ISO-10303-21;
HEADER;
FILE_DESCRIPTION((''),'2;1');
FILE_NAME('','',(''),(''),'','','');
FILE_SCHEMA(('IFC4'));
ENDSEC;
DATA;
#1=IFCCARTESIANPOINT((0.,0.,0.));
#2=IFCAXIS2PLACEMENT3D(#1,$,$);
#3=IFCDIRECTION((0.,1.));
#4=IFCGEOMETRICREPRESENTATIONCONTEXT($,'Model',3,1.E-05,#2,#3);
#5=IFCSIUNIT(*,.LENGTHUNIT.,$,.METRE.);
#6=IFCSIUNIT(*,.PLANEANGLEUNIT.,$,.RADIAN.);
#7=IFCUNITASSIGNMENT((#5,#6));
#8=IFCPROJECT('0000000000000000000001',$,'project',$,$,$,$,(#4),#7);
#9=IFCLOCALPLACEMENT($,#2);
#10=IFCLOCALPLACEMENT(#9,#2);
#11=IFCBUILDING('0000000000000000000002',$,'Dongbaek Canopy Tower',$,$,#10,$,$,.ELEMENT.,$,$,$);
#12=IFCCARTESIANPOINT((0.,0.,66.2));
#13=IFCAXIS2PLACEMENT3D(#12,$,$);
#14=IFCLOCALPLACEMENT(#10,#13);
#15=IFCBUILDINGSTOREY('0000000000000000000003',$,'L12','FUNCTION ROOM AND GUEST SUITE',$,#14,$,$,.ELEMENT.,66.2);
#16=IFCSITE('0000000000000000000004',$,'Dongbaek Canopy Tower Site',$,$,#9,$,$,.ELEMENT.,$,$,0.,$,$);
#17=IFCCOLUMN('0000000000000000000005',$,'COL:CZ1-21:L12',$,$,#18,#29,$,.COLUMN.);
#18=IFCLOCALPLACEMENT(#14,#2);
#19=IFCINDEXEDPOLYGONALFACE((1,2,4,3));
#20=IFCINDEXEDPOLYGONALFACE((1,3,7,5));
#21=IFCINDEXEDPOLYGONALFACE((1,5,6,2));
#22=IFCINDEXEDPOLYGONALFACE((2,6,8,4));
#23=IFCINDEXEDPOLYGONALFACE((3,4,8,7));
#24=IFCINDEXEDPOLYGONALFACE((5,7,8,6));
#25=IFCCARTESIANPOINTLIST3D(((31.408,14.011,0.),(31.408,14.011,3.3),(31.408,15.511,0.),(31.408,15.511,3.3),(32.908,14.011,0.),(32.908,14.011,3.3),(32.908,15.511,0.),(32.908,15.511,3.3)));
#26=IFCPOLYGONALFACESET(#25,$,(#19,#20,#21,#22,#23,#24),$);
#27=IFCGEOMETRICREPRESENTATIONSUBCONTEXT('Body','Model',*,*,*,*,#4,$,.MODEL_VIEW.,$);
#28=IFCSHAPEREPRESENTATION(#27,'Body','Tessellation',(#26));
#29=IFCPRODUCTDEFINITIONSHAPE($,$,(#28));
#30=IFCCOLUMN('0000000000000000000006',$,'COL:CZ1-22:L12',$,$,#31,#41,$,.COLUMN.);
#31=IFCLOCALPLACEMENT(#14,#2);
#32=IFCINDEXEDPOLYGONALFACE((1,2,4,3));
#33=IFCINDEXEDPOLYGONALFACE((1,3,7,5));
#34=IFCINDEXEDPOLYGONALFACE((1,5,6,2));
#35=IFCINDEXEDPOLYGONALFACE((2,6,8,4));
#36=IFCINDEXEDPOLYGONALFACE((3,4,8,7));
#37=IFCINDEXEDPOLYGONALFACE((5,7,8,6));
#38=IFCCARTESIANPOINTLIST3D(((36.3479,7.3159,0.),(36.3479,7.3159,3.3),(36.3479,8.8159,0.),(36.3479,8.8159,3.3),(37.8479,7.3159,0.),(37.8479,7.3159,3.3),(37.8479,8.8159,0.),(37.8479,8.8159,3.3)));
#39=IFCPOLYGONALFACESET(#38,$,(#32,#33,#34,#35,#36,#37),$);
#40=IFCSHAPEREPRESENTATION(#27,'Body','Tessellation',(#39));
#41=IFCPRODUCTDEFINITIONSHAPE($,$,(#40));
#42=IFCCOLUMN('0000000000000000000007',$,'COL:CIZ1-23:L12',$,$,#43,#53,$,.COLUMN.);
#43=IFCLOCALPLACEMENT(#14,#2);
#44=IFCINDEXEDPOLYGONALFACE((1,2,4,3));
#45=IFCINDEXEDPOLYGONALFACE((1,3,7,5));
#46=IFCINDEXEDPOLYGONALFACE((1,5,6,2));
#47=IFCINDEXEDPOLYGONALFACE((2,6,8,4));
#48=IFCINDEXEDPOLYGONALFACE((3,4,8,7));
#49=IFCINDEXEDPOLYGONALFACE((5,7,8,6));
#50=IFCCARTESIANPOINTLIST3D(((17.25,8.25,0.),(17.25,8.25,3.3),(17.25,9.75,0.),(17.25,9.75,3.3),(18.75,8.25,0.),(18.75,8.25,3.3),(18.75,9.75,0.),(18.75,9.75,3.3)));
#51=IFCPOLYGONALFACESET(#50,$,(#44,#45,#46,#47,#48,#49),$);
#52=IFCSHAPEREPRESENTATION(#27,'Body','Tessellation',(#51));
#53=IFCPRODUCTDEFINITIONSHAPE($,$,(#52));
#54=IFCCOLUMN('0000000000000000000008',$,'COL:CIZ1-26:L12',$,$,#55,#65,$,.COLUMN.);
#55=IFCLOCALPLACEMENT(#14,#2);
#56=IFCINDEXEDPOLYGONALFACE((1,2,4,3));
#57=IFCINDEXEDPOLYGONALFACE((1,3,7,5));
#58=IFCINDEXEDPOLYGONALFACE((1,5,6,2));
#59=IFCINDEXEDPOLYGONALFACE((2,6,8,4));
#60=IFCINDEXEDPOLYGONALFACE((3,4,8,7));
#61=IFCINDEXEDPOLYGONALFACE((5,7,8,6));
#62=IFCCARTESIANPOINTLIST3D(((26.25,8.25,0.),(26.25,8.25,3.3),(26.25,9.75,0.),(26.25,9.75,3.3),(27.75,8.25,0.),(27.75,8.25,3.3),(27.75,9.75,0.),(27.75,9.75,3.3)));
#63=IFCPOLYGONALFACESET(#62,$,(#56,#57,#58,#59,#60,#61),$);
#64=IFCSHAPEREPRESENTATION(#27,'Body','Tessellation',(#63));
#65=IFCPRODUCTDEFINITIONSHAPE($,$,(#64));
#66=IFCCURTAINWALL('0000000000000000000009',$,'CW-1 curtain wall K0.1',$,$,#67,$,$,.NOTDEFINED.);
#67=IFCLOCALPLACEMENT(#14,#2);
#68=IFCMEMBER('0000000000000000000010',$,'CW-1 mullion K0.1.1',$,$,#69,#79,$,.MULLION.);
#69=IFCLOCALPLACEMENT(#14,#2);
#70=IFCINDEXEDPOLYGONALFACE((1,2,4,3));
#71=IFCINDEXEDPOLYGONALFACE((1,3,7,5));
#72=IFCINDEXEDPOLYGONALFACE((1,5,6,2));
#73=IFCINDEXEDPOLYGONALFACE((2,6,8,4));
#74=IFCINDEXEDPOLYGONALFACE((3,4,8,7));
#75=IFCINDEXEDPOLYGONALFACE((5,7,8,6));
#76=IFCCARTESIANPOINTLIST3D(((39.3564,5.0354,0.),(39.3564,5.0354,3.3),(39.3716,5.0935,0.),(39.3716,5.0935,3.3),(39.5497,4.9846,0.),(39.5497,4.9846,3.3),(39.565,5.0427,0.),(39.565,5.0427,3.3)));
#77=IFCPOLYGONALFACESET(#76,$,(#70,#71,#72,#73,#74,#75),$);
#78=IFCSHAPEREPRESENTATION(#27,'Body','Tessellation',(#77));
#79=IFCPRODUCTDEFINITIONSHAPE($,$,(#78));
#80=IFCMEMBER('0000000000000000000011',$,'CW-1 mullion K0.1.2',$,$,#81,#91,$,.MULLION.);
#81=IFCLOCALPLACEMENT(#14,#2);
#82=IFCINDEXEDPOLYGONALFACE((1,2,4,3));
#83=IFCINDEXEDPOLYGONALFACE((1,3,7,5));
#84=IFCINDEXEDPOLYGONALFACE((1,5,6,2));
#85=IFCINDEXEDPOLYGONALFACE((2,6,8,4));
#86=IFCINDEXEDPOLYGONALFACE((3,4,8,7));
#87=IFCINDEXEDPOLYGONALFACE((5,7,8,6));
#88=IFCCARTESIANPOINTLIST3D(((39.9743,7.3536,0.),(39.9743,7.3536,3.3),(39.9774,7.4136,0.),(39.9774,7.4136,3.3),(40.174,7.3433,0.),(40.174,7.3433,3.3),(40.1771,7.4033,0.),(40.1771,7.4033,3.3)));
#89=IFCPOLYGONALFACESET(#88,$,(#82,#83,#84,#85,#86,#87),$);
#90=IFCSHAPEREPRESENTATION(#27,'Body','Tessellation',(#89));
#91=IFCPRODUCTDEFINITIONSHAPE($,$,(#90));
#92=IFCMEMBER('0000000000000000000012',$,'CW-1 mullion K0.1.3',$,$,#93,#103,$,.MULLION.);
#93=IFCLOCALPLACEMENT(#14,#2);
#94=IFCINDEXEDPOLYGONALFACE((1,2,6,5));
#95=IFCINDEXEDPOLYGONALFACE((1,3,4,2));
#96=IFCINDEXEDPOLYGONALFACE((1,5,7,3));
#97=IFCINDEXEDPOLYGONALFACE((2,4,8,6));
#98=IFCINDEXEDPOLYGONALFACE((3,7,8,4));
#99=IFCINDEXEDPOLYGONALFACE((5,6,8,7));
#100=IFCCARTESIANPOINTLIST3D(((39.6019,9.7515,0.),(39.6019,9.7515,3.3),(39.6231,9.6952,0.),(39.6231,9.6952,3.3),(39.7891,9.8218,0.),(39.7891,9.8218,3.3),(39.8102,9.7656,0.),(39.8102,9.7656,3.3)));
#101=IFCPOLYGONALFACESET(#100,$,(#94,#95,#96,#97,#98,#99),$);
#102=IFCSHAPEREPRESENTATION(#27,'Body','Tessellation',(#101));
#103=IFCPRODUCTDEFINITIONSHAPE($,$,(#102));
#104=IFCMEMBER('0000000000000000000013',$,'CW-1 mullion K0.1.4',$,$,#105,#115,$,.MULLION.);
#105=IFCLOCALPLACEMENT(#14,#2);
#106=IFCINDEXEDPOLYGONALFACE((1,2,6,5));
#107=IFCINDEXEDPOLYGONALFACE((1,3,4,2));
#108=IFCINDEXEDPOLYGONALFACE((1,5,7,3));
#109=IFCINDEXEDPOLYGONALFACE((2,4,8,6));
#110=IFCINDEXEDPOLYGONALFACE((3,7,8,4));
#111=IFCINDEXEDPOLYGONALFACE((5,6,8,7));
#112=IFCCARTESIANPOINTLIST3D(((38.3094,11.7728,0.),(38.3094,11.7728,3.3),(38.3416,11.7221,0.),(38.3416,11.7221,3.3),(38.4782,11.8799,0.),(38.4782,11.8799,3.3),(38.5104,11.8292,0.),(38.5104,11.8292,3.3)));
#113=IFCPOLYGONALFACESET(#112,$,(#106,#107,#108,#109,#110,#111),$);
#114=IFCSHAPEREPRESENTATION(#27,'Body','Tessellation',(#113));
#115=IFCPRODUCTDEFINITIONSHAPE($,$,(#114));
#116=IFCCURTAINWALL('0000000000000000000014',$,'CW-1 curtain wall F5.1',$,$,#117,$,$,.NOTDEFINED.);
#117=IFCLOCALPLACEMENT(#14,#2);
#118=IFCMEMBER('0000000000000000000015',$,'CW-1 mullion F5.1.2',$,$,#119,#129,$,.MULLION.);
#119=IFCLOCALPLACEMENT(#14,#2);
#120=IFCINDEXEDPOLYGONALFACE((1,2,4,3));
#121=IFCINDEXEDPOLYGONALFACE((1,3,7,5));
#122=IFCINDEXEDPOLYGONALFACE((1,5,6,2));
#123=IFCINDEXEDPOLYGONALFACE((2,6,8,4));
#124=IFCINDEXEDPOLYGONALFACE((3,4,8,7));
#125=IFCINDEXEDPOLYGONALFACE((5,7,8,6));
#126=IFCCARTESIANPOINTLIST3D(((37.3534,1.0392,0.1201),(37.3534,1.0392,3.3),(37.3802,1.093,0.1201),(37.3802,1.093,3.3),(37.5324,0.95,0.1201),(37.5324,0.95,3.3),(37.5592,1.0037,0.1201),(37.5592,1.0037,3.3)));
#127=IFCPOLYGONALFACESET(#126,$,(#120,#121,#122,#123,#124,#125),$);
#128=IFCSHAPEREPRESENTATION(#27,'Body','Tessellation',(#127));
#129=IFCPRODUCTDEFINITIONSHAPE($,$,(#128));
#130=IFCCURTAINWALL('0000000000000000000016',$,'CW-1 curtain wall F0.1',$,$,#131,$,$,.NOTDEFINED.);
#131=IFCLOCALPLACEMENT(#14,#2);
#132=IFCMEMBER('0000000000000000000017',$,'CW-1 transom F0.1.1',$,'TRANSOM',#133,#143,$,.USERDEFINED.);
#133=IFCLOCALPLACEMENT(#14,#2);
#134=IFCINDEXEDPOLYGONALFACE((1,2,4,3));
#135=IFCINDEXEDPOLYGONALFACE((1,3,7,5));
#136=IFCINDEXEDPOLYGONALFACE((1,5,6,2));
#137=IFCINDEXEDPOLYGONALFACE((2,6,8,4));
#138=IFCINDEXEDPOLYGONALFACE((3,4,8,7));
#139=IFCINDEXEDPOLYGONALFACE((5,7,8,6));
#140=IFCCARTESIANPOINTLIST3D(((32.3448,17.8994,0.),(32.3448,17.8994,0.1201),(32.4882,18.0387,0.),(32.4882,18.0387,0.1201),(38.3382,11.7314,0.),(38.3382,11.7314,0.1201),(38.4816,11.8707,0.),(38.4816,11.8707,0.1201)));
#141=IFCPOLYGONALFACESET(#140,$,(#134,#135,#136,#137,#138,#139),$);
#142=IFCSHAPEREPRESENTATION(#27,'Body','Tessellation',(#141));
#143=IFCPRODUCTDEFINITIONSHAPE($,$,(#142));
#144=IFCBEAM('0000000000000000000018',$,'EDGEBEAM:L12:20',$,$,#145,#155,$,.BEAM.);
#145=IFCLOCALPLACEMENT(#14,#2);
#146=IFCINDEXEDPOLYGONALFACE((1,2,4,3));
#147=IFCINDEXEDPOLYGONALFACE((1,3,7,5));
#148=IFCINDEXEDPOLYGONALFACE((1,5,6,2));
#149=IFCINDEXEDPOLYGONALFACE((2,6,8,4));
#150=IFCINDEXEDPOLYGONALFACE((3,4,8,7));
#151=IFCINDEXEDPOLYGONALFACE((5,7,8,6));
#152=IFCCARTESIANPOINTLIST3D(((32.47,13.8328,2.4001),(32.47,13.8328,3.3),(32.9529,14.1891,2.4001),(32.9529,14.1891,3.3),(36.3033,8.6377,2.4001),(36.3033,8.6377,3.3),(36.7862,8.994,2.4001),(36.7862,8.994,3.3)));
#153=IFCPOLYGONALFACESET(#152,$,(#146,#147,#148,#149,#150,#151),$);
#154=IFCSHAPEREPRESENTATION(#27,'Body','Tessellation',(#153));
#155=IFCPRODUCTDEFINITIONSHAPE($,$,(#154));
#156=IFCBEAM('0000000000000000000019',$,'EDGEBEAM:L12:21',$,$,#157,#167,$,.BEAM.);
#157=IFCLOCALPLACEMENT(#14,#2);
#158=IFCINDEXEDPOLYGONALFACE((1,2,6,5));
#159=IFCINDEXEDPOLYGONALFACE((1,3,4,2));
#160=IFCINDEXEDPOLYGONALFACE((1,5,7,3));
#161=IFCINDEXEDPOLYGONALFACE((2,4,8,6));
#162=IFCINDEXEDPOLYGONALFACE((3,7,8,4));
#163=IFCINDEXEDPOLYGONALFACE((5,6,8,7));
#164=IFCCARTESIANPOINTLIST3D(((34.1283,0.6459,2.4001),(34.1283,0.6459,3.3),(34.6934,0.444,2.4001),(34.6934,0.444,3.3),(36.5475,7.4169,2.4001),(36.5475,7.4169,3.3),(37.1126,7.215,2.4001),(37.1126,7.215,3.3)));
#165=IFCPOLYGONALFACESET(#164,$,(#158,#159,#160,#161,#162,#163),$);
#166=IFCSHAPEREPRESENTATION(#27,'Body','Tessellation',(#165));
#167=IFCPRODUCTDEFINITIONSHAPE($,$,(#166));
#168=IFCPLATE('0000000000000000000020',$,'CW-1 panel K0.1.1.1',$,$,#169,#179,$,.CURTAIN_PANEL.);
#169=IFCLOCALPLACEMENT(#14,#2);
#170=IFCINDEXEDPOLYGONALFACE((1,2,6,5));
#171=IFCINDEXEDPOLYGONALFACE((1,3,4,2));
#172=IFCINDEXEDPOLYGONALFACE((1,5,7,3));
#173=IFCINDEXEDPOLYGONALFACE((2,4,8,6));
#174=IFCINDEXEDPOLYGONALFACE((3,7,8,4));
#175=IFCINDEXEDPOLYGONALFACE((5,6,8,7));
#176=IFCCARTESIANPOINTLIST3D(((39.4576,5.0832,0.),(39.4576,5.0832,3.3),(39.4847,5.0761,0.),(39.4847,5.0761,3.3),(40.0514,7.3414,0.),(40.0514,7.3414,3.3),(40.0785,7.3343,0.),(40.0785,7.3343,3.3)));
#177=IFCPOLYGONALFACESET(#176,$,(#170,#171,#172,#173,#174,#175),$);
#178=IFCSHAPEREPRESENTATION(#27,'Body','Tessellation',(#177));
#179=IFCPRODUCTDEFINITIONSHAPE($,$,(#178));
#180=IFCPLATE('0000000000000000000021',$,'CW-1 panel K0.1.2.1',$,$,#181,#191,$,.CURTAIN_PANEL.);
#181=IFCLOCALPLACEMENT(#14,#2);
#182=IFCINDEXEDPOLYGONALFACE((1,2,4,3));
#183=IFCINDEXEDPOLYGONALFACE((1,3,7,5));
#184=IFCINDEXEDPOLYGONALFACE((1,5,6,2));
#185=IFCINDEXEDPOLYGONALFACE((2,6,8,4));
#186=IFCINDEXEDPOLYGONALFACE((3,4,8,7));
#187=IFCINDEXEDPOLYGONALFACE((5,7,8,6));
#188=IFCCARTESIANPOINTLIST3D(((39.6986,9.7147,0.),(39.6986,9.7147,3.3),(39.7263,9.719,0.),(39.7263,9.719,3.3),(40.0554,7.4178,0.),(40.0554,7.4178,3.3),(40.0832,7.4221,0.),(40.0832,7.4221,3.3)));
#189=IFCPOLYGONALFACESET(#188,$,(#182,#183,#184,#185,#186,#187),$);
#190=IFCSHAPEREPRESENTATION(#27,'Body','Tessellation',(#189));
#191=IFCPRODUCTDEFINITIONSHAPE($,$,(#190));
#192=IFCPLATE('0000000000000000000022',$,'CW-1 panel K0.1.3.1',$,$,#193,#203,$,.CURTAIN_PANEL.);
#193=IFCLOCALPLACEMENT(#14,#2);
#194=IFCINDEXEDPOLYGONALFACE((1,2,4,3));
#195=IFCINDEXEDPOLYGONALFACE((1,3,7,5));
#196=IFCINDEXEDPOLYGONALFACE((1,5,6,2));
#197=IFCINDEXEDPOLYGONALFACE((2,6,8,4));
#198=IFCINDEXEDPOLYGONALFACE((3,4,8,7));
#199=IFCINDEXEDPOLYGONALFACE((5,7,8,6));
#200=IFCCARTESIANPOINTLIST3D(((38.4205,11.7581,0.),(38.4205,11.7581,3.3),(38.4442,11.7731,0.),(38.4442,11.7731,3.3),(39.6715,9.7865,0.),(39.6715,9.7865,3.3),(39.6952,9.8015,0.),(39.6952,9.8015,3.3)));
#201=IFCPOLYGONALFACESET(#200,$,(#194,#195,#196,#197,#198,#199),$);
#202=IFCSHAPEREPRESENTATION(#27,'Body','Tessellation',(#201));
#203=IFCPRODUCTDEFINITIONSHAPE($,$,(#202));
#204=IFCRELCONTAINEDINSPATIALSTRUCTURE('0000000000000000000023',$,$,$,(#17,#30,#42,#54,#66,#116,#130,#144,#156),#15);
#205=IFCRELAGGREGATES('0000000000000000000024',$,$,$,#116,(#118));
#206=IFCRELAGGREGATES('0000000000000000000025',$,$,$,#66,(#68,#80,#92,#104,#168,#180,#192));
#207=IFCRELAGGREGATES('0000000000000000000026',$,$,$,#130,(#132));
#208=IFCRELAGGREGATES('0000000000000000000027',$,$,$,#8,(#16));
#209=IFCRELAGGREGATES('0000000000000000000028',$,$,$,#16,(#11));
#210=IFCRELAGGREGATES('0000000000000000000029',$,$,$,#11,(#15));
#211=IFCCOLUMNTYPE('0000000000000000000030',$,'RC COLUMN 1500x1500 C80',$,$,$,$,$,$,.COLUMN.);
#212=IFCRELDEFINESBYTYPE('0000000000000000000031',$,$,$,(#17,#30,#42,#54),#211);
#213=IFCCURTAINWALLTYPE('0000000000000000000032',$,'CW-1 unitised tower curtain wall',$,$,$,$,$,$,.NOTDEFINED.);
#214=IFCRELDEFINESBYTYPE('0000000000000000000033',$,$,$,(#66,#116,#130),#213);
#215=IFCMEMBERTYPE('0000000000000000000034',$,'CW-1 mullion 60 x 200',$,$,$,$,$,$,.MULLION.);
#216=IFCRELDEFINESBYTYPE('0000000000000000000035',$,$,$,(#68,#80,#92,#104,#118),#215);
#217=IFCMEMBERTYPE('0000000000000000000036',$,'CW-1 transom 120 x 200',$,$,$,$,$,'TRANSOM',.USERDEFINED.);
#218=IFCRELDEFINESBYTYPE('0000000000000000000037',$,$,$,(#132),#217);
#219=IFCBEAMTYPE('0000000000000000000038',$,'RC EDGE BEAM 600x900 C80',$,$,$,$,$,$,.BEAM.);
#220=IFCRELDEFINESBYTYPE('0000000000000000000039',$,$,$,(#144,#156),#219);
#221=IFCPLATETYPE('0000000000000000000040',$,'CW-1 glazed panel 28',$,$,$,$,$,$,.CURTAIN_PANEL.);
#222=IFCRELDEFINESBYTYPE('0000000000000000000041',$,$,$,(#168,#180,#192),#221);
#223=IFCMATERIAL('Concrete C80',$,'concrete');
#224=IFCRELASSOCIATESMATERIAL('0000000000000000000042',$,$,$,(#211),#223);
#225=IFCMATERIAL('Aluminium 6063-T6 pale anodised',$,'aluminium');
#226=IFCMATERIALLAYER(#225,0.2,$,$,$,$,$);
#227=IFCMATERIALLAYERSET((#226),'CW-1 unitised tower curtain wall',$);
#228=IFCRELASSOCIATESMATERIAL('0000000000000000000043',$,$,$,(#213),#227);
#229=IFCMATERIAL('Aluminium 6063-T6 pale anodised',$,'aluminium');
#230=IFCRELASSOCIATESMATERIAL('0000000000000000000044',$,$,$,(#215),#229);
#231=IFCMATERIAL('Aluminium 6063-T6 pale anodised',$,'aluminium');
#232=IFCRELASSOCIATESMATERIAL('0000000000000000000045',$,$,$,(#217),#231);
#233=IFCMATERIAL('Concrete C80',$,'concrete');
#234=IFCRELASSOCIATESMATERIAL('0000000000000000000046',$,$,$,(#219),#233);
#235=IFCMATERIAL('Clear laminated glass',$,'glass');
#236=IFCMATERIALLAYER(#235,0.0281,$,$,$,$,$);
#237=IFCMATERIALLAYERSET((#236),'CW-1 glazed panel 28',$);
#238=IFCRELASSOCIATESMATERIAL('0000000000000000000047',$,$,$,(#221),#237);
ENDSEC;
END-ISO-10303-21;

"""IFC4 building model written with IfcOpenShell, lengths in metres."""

from ifc_helpers import new_model, si_unit, direction, frame, origin, origin_2d, place, context, subcontext, project, spatial, rectangle, extrude, material, layer, layer_set, material_profile, profile_set, type_object, element, aggregate, save


model = new_model("IFC4")

# Units and contexts
model_context = context("Model", 3, precision=1e-05, world=origin(), true_north=direction((0.0, 1.0)))
body_context = subcontext(model_context, "Body", "Model", "MODEL_VIEW")
ifc_project = project(units=[si_unit("LENGTHUNIT", "METRE"), si_unit("PLANEANGLEUNIT", "RADIAN")], contexts=[model_context])

# Site, building, storey
site_placement = place(None, origin())
site = spatial("IfcSite", under=ifc_project, at=site_placement, Name="Dongbaek Canopy Tower Site", CompositionType="ELEMENT", RefElevation=0.0)
building_placement = place(site_placement, origin())
building = spatial("IfcBuilding", under=site, at=building_placement, Name="Dongbaek Canopy Tower", CompositionType="ELEMENT")
storey_placement = place(building_placement, frame((0.0, 0.0, 66.2)))
storey = spatial("IfcBuildingStorey", under=building, at=storey_placement, Name="L12", Description="FUNCTION ROOM AND GUEST SUITE", CompositionType="ELEMENT", Elevation=66.2)

# Columns
ifc_material_1 = material(Name="Concrete C80", Category="concrete")
ifc_material_profile_1 = material_profile(ifc_material_1, rectangle(XDim=1.5, YDim=1.5, at=origin_2d()), Name="RC COLUMN 1500x1500 C80")
ifc_profile_set_1 = profile_set([ifc_material_profile_1], Name="Concrete C80")
column_type = type_object("IfcColumnType", Name="RC COLUMN 1500x1500 C80", PredefinedType="COLUMN", material=ifc_profile_set_1)
for number, where, z_axis, x_axis, name in (
    (1, (32.158, 14.761, 0.0), (0.0, 0.0, 1.0), (1.0, 0.0, 0.0), "COL:CZ1-21:L12"),
    (2, (37.0979, 8.0659, 0.0), (0.0, 0.0, 1.0), (1.0, 0.0, 0.0), "COL:CZ1-22:L12"),
    (3, (18.0, 9.0, 0.0), (0.0, 0.0, 1.0), (1.0, 0.0, 0.0), "COL:CIZ1-23:L12"),
    (4, (27.0, 9.0, 0.0), (0.0, 0.0, 1.0), (1.0, 0.0, 0.0), "COL:CIZ1-26:L12"),
):
    element("IfcColumn", number, at=place(storey_placement, frame(where, z_axis=z_axis, x_axis=x_axis)), inside=storey, type_object=column_type, Name=name, PredefinedType="COLUMN", context=body_context, shape_type="SweptSolid", body=[
        extrude(rectangle(XDim=1.5, YDim=1.5, at=origin_2d()), origin(), (0.0, 0.0, 1.0), 3.3),
    ])

# Curtain wall, members
ifc_material_2 = material(Name="Aluminium 6063-T6 pale anodised", Category="aluminium")
ifc_layer_1 = layer(ifc_material_2, 0.2)
ifc_layer_set_1 = layer_set([ifc_layer_1], Name="CW-1 unitised tower curtain wall")
curtain_wall_type = type_object("IfcCurtainWallType", Name="CW-1 unitised tower curtain wall", PredefinedType="NOTDEFINED", material=ifc_layer_set_1)
curtain_wall_1_placement = place(storey_placement, origin())
curtain_wall_1 = element("IfcCurtainWall", 5, at=curtain_wall_1_placement, inside=storey, type_object=curtain_wall_type, Name="CW-1 curtain wall K0.1", PredefinedType="NOTDEFINED")
ifc_material_3 = material(Name="Aluminium 6063-T6 pale anodised", Category="aluminium")
ifc_material_profile_2 = material_profile(ifc_material_3, rectangle(XDim=0.2, YDim=0.0601, at=origin_2d()), Name="CW-1 mullion 60 x 200")
ifc_profile_set_2 = profile_set([ifc_material_profile_2], Name="Aluminium 6063-T6 pale anodised")
member_type_1 = type_object("IfcMemberType", Name="CW-1 mullion 60 x 200", PredefinedType="MULLION", material=ifc_profile_set_2)
member_1_placement = place(storey_placement, frame((39.4607, 5.0391, 0.0), z_axis=(0.0, 0.0, 1.0), x_axis=(0.967124, -0.254304, 0.0)))
member_1 = element("IfcMember", 6, at=member_1_placement, type_object=member_type_1, Name="CW-1 mullion K0.1.1", PredefinedType="MULLION", context=body_context, shape_type="SweptSolid", body=[
    extrude(rectangle(XDim=0.2, YDim=0.0601, at=origin_2d()), origin(), (0.0, 0.0, 1.0), 3.3),
])
member_2_placement = place(storey_placement, frame((40.0757, 7.3784, 0.0), z_axis=(0.0, 0.0, 1.0), x_axis=(0.998674, -0.051471, 0.0)))
member_2 = element("IfcMember", 7, at=member_2_placement, type_object=member_type_1, Name="CW-1 mullion K0.1.2", PredefinedType="MULLION", context=body_context, shape_type="SweptSolid", body=[
    extrude(rectangle(XDim=0.2, YDim=0.0601, at=origin_2d()), origin(), (0.0, 0.0, 1.0), 3.3),
])
member_3_placement = place(storey_placement, frame((39.7061, 9.7585, 0.0), z_axis=(0.0, 0.0, 1.0), x_axis=(0.935977, 0.352062, 0.0)))
member_3 = element("IfcMember", 8, at=member_3_placement, type_object=member_type_1, Name="CW-1 mullion K0.1.3", PredefinedType="MULLION", context=body_context, shape_type="SweptSolid", body=[
    extrude(rectangle(XDim=0.2, YDim=0.0601, at=origin_2d()), origin(), (0.0, 0.0, 1.0), 3.3),
])
member_4_placement = place(storey_placement, frame((38.4099, 11.801, 0.0), z_axis=(0.0, 0.0, 1.0), x_axis=(0.844371, 0.535759, 0.0)))
member_4 = element("IfcMember", 9, at=member_4_placement, type_object=member_type_1, Name="CW-1 mullion K0.1.4", PredefinedType="MULLION", context=body_context, shape_type="SweptSolid", body=[
    extrude(rectangle(XDim=0.2, YDim=0.0601, at=origin_2d()), origin(), (0.0, 0.0, 1.0), 3.3),
])

# Curtain walls, members
curtain_wall_2_placement = place(storey_placement, origin())
curtain_wall_2 = element("IfcCurtainWall", 10, at=curtain_wall_2_placement, inside=storey, type_object=curtain_wall_type, Name="CW-1 curtain wall F5.1", PredefinedType="NOTDEFINED")
member_5_placement = place(storey_placement, frame((37.4563, 1.0215, 0.1201), z_axis=(0.0, 0.0, 1.0), x_axis=(0.894823, -0.44642, 0.0)))
member_5 = element("IfcMember", 11, at=member_5_placement, type_object=member_type_1, Name="CW-1 mullion F5.1.2", PredefinedType="MULLION", context=body_context, shape_type="SweptSolid", body=[
    extrude(rectangle(XDim=0.2, YDim=0.0601, at=origin_2d()), origin(), (0.0, 0.0, 1.0), 3.1799),
])
curtain_wall_3_placement = place(storey_placement, origin())
curtain_wall_3 = element("IfcCurtainWall", 12, at=curtain_wall_3_placement, inside=storey, type_object=curtain_wall_type, Name="CW-1 curtain wall F0.1", PredefinedType="NOTDEFINED")
ifc_material_4 = material(Name="Aluminium 6063-T6 pale anodised", Category="aluminium")
ifc_material_profile_3 = material_profile(ifc_material_4, rectangle(XDim=0.2, YDim=0.1201, at=origin_2d()), Name="CW-1 transom 120 x 200")
ifc_profile_set_3 = profile_set([ifc_material_profile_3], Name="Aluminium 6063-T6 pale anodised")
member_type_2 = type_object("IfcMemberType", Name="CW-1 transom 120 x 200", ElementType="TRANSOM", PredefinedType="USERDEFINED", material=ifc_profile_set_3)
member_6_placement = place(storey_placement, frame((38.4099, 11.801, 0.0601), z_axis=(-0.696885, 0.717182, 0.0), x_axis=(-0.717182, -0.696885, 0.0)))
member_6 = element("IfcMember", 13, at=member_6_placement, type_object=member_type_2, Name="CW-1 transom F0.1.1", ObjectType="TRANSOM", PredefinedType="USERDEFINED", context=body_context, shape_type="SweptSolid", body=[
    extrude(rectangle(XDim=0.2, YDim=0.1201, at=origin_2d()), origin(), (0.0, 0.0, 1.0), 8.6003),
])

# Beams
ifc_material_5 = material(Name="Concrete C80", Category="concrete")
ifc_material_profile_4 = material_profile(ifc_material_5, rectangle(XDim=0.6001, YDim=0.8999, at=origin_2d()), Name="RC EDGE BEAM 600x900 C80")
ifc_profile_set_4 = profile_set([ifc_material_profile_4], Name="Concrete C80")
beam_type = type_object("IfcBeamType", Name="RC EDGE BEAM 600x900 C80", PredefinedType="BEAM", material=ifc_profile_set_4)
beam_1_placement = place(storey_placement, frame((32.7114, 14.011, 2.8501), z_axis=(0.593732, -0.804663, 0.0), x_axis=(0.804663, 0.593732, 0.0)))
element("IfcBeam", 14, at=beam_1_placement, inside=storey, type_object=beam_type, Name="EDGEBEAM:L12:20", PredefinedType="BEAM", context=body_context, shape_type="SweptSolid", body=[
    extrude(rectangle(XDim=0.6001, YDim=0.8999, at=origin_2d()), origin(), (0.0, 0.0, 1.0), 6.4563),
])
beam_2_placement = place(storey_placement, frame((36.8301, 7.3159, 2.8501), z_axis=(-0.336457, -0.941699, 0.0), x_axis=(0.941699, -0.336457, 0.0)))
element("IfcBeam", 15, at=beam_2_placement, inside=storey, type_object=beam_type, Name="EDGEBEAM:L12:21", PredefinedType="BEAM", context=body_context, shape_type="SweptSolid", body=[
    extrude(rectangle(XDim=0.6001, YDim=0.8999, at=origin_2d()), origin(), (0.0, 0.0, 1.0), 7.1902),
])

# Plates
ifc_material_6 = material(Name="Clear laminated glass", Category="glass")
ifc_layer_2 = layer(ifc_material_6, 0.0281)
ifc_layer_set_2 = layer_set([ifc_layer_2], Name="CW-1 glazed panel 28")
plate_type = type_object("IfcPlateType", Name="CW-1 glazed panel 28", PredefinedType="CURTAIN_PANEL", material=ifc_layer_set_2)
plate_1_placement = place(storey_placement, frame((39.7681, 6.2087, 0.0), z_axis=(0.0, 0.0, 1.0), x_axis=(0.254304, 0.967124, 0.0)))
plate_1 = element("IfcPlate", 16, at=plate_1_placement, type_object=plate_type, Name="CW-1 panel K0.1.1.1", PredefinedType="CURTAIN_PANEL", context=body_context, shape_type="SweptSolid", body=[
    extrude(rectangle(XDim=2.335, YDim=0.0281, at=origin_2d()), origin(), (0.0, 0.0, 1.0), 3.3),
])
plate_2_placement = place(storey_placement, frame((39.8909, 8.5684, 0.0), z_axis=(0.0, 0.0, 1.0), x_axis=(-0.15353, 0.988144, 0.0)))
plate_2 = element("IfcPlate", 17, at=plate_2_placement, type_object=plate_type, Name="CW-1 panel K0.1.2.1", PredefinedType="CURTAIN_PANEL", context=body_context, shape_type="SweptSolid", body=[
    extrude(rectangle(XDim=2.3245, YDim=0.0281, at=origin_2d()), origin(), (0.0, 0.0, 1.0), 3.3),
])
plate_3_placement = place(storey_placement, frame((39.0579, 10.7798, 0.0), z_axis=(0.0, 0.0, 1.0), x_axis=(-0.535759, 0.844371, 0.0)))
plate_3 = element("IfcPlate", 18, at=plate_3_placement, type_object=plate_type, Name="CW-1 panel K0.1.3.1", PredefinedType="CURTAIN_PANEL", context=body_context, shape_type="SweptSolid", body=[
    extrude(rectangle(XDim=2.335, YDim=0.0281, at=origin_2d()), origin(), (0.0, 0.0, 1.0), 3.3),
])

aggregate(curtain_wall_2, [member_5])
aggregate(curtain_wall_1, [member_1, member_2, member_3, member_4, plate_1, plate_2, plate_3])
aggregate(curtain_wall_3, [member_6])

save(model, "model.ifc")
